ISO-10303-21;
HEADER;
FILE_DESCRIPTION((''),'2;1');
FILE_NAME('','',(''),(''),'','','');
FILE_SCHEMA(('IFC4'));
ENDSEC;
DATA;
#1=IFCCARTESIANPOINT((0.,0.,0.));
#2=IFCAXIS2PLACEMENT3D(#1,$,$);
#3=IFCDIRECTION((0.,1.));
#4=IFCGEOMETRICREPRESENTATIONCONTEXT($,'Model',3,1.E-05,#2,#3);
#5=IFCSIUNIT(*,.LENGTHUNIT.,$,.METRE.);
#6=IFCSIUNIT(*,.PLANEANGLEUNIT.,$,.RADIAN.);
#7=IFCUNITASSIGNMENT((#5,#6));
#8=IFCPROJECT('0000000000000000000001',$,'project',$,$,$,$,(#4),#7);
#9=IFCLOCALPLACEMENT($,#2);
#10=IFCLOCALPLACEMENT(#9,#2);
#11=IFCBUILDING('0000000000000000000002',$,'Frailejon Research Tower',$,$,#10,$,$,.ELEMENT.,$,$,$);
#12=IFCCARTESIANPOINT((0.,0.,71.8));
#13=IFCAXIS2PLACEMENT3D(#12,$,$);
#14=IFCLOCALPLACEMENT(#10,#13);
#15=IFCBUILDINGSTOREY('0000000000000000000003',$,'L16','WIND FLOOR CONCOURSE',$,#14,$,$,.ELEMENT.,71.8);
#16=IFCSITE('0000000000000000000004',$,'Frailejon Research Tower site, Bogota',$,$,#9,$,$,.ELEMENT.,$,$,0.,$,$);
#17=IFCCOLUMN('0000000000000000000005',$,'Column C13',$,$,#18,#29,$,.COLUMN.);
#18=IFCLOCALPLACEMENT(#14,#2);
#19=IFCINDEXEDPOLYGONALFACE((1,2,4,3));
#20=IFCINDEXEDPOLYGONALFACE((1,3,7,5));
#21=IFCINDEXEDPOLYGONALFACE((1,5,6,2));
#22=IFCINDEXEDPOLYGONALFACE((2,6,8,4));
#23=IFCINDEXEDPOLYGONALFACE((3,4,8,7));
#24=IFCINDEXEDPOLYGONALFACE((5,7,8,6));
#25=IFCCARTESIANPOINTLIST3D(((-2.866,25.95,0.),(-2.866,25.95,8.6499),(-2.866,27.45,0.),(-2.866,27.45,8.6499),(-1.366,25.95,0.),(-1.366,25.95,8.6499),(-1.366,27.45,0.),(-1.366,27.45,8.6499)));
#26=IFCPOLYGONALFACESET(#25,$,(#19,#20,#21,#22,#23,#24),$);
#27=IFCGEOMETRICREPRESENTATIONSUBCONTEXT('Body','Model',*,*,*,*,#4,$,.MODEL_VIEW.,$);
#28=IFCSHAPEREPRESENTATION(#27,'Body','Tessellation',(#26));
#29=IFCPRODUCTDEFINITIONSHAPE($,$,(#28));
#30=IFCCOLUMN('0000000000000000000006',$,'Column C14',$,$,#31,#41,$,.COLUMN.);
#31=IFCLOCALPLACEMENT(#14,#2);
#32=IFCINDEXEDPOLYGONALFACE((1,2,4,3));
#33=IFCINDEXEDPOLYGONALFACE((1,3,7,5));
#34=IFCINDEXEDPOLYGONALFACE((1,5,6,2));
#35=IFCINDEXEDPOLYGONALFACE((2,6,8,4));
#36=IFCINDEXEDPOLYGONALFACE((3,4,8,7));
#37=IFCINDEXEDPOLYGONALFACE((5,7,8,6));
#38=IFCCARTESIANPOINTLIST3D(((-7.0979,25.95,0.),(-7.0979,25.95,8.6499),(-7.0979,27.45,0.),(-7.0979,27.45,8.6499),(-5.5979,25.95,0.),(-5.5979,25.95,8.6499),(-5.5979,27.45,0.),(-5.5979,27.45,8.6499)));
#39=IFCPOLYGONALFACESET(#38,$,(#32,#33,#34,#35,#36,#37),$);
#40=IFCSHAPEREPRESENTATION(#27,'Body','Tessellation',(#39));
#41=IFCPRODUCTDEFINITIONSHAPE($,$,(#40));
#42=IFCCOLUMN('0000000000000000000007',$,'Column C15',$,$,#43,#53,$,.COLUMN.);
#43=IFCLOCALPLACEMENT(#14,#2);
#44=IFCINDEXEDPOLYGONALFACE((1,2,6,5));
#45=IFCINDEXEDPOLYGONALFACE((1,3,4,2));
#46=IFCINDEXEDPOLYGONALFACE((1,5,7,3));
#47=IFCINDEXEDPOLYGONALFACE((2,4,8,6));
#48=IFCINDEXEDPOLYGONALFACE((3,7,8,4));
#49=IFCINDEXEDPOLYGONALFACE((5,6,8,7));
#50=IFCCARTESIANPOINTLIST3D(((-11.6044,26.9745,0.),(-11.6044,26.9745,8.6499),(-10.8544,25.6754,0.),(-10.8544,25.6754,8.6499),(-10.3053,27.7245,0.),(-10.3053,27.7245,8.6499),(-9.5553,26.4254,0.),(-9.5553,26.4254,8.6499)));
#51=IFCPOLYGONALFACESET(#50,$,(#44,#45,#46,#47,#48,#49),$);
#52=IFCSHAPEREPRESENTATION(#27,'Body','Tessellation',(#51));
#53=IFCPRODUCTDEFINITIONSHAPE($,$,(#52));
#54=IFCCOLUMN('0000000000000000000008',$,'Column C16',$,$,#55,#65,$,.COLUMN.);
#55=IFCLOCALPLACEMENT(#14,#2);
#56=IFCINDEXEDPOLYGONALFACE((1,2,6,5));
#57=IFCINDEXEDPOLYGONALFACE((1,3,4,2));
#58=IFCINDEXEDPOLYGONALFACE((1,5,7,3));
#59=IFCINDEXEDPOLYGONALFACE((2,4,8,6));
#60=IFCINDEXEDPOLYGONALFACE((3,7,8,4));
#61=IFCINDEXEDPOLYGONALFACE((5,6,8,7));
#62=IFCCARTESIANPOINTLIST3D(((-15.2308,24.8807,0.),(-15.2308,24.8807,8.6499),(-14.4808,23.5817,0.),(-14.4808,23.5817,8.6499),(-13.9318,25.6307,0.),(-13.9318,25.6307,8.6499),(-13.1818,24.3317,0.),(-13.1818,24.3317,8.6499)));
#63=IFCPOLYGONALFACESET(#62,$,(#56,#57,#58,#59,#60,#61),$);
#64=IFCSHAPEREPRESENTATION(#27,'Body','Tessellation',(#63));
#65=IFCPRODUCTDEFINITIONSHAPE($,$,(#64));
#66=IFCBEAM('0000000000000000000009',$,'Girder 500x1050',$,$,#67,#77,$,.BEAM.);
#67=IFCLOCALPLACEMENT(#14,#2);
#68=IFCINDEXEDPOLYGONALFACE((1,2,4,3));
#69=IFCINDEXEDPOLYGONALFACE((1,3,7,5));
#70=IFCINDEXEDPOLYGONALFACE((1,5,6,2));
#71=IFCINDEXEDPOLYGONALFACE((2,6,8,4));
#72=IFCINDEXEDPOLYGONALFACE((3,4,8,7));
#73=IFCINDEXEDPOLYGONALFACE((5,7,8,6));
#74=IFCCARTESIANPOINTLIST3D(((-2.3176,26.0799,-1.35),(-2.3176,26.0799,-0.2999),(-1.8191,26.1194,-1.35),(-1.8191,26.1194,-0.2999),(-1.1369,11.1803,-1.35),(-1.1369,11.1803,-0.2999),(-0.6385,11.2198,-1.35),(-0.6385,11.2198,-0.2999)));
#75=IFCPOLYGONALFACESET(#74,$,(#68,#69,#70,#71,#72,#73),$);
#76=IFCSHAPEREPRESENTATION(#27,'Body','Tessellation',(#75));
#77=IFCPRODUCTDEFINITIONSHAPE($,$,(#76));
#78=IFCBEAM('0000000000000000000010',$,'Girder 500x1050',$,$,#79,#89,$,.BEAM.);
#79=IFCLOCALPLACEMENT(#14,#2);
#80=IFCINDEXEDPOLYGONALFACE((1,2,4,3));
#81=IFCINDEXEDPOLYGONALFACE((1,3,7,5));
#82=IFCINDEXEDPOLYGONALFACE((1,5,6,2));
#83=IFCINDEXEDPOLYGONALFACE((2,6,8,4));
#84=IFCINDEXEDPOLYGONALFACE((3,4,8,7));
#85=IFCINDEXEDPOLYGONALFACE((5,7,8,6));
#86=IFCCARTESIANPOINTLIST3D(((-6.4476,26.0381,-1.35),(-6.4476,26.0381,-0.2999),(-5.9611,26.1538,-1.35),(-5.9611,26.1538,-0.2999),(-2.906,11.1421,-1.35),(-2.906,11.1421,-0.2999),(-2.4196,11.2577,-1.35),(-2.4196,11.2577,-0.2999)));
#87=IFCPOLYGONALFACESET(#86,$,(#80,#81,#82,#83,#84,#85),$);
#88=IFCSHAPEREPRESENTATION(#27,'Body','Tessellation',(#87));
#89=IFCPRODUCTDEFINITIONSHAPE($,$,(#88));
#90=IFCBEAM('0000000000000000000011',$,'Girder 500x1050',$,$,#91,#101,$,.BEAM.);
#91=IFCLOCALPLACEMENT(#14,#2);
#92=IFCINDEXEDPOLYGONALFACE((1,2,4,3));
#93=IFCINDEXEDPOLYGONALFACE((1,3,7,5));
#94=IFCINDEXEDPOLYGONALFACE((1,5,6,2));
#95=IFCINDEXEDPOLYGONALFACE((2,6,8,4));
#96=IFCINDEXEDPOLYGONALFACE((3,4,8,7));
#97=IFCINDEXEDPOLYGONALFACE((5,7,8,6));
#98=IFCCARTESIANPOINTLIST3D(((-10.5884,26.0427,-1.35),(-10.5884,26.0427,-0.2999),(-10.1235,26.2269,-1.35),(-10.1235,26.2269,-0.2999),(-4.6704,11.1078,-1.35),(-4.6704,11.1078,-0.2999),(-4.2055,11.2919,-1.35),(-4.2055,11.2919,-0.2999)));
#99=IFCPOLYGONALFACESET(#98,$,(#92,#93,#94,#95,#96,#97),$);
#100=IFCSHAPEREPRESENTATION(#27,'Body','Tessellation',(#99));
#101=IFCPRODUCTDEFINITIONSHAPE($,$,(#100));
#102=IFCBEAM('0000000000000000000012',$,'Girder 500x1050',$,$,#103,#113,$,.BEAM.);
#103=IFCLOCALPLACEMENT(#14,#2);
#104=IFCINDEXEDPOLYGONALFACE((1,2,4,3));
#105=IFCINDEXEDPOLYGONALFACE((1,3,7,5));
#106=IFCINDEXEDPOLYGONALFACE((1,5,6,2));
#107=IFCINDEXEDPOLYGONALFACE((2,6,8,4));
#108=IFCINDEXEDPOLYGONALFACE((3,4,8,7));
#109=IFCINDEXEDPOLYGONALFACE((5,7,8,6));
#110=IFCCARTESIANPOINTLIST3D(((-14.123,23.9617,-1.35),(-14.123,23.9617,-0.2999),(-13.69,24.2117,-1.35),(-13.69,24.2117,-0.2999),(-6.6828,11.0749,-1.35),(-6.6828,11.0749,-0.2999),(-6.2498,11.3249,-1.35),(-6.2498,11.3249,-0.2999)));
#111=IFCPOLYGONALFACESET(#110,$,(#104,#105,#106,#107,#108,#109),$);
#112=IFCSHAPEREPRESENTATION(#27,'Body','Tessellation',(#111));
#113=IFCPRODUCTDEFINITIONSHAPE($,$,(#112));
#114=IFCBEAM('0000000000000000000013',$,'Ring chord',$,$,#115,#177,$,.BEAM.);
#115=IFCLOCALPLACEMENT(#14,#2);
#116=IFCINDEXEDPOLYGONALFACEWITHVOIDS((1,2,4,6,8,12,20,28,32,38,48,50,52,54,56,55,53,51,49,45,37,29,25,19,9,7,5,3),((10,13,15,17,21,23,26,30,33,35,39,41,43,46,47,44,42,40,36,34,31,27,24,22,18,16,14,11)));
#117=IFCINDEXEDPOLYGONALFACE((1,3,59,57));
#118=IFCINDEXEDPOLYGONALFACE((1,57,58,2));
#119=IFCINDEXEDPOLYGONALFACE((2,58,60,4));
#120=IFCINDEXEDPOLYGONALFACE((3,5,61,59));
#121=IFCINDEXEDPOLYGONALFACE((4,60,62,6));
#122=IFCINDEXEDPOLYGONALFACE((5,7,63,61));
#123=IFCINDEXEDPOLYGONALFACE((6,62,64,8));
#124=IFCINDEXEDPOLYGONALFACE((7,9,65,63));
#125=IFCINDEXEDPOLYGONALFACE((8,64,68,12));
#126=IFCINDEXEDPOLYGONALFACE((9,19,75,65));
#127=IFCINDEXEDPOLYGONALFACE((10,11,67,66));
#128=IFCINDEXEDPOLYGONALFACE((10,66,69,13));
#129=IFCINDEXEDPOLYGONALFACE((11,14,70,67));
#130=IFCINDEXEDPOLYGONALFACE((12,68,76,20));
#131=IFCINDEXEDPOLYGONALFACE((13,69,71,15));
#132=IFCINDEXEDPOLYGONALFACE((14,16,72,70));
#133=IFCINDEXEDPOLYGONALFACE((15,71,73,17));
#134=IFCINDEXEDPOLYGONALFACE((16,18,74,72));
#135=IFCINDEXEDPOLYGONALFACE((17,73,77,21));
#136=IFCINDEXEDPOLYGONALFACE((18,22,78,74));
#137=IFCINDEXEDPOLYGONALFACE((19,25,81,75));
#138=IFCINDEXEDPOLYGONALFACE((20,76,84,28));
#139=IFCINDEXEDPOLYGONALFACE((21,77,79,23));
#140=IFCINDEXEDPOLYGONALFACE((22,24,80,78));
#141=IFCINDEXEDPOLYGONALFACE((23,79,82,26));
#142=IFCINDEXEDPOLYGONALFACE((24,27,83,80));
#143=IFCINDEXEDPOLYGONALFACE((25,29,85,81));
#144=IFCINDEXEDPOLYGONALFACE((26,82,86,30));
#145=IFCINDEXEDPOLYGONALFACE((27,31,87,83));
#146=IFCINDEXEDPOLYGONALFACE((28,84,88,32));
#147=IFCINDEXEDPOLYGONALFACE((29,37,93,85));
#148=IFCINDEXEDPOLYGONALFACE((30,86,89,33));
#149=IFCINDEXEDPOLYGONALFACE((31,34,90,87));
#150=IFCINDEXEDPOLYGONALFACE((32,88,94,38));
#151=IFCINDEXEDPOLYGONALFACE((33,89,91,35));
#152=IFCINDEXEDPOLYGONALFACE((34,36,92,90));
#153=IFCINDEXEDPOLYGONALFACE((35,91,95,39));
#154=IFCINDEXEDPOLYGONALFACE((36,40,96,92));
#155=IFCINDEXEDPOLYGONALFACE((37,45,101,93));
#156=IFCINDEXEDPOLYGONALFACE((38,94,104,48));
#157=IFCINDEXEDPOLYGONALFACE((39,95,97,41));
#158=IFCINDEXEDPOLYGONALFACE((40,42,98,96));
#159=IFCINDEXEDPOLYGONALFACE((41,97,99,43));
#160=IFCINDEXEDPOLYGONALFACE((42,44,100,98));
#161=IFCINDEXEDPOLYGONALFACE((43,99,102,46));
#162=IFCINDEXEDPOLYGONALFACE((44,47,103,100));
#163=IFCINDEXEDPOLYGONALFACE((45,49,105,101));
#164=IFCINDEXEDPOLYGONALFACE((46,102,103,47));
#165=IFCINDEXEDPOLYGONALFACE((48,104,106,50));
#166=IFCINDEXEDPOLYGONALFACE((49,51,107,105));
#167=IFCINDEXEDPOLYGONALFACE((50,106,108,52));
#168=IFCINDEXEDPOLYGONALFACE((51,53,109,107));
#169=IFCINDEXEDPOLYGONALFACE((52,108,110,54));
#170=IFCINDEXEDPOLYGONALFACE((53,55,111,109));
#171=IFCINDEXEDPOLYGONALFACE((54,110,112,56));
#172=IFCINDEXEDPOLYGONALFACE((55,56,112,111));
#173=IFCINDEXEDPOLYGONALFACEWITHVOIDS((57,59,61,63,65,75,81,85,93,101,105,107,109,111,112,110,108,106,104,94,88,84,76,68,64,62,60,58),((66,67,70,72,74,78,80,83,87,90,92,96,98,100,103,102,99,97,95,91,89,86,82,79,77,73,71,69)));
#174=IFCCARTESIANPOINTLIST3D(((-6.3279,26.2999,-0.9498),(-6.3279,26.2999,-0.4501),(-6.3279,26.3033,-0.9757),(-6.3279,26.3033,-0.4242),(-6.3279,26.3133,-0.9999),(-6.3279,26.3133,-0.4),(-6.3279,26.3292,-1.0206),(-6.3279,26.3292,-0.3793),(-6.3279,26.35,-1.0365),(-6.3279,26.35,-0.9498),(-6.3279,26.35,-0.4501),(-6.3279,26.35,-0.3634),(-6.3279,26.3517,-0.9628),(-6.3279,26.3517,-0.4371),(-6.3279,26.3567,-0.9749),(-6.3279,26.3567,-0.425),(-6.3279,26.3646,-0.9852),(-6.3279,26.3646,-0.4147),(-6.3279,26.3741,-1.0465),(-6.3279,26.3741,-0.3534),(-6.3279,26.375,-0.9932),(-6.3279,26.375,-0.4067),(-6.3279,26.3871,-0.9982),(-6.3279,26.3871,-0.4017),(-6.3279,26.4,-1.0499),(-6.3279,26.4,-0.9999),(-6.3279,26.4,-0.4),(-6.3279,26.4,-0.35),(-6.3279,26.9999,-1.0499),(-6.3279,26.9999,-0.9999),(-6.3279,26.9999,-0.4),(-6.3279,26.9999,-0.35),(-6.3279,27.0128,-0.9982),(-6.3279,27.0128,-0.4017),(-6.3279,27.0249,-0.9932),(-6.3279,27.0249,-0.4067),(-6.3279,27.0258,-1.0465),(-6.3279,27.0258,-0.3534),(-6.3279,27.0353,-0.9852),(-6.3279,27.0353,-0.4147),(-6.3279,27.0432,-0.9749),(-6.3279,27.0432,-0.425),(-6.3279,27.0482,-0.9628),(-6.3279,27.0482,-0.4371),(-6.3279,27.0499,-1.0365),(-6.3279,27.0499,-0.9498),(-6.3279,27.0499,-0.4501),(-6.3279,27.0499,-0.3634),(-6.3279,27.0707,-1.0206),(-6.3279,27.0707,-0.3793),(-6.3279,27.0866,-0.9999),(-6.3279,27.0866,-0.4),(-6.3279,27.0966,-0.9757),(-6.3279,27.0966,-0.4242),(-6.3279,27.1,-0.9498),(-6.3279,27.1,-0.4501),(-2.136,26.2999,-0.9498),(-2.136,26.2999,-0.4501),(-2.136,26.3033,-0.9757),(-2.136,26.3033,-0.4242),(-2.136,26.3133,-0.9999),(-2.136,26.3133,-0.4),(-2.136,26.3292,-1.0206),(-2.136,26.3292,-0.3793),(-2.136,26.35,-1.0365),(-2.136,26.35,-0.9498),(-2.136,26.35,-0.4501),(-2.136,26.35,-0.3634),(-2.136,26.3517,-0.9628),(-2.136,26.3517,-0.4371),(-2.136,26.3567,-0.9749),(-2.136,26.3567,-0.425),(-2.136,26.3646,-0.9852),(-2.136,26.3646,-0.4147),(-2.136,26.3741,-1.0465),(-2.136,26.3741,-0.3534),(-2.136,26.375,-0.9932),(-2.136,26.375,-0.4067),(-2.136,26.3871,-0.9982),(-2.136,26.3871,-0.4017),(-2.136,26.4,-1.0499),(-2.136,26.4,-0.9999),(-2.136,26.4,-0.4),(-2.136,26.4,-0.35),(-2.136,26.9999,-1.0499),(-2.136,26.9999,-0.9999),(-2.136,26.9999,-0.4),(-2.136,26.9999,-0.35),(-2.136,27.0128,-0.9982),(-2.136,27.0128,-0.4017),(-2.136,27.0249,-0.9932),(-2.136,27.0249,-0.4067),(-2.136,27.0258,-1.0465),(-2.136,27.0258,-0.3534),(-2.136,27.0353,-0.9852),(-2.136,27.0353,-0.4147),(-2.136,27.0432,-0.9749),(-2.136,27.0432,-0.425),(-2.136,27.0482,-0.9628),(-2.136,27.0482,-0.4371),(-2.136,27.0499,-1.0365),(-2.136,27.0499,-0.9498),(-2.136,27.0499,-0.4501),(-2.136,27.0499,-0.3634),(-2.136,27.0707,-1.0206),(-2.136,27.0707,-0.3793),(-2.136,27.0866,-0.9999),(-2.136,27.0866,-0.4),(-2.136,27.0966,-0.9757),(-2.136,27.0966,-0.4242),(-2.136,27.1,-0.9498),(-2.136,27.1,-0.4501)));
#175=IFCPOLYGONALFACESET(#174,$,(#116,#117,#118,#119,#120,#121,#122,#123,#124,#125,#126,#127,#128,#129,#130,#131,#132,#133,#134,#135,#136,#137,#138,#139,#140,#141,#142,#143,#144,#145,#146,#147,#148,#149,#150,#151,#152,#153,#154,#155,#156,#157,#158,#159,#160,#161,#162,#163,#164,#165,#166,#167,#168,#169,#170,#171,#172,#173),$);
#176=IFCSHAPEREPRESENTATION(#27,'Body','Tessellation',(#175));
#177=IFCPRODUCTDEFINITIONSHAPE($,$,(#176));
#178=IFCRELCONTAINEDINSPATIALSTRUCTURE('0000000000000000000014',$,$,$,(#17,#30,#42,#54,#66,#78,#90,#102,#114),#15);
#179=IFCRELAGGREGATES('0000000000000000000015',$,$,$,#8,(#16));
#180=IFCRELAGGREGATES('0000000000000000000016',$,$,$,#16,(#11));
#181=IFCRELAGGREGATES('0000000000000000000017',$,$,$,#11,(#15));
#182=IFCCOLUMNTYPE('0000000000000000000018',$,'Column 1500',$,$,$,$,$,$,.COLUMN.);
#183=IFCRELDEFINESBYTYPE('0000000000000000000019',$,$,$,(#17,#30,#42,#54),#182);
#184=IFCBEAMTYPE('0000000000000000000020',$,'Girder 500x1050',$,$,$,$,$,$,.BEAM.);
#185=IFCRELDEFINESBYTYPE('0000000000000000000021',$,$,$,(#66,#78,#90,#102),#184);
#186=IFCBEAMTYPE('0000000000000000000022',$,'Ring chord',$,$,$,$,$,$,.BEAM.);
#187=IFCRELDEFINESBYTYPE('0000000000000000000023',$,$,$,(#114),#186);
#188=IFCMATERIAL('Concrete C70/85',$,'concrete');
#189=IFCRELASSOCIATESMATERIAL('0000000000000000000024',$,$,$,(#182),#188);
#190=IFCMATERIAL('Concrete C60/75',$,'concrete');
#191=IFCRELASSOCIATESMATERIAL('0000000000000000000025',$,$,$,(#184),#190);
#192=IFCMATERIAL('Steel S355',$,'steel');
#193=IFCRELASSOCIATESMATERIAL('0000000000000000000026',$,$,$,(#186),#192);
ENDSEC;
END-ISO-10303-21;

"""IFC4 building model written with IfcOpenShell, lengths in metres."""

from ifc_helpers import new_model, si_unit, direction, frame, origin, origin_2d, place, context, subcontext, project, spatial, rectangle, hollow_rectangle, extrude, material, material_profile, profile_set, type_object, element, save


model = new_model("IFC4")

# Units and contexts
model_context = context("Model", 3, precision=1e-05, world=origin(), true_north=direction((0.0, 1.0)))
body_context = subcontext(model_context, "Body", "Model", "MODEL_VIEW")
ifc_project = project(units=[si_unit("LENGTHUNIT", "METRE"), si_unit("PLANEANGLEUNIT", "RADIAN")], contexts=[model_context])

# Site, building, storey
site_placement = place(None, origin())
site = spatial("IfcSite", under=ifc_project, at=site_placement, Name="Frailejon Research Tower site, Bogota", CompositionType="ELEMENT", RefElevation=0.0)
building_placement = place(site_placement, origin())
building = spatial("IfcBuilding", under=site, at=building_placement, Name="Frailejon Research Tower", CompositionType="ELEMENT")
storey_placement = place(building_placement, frame((0.0, 0.0, 71.8)))
storey = spatial("IfcBuildingStorey", under=building, at=storey_placement, Name="L16", Description="WIND FLOOR CONCOURSE", CompositionType="ELEMENT", Elevation=71.8)

# Columns
ifc_material_1 = material(Name="Concrete C70/85", Category="concrete")
ifc_material_profile_1 = material_profile(ifc_material_1, rectangle(XDim=1.5, YDim=1.5, at=origin_2d()), Name="Column 1500")
ifc_profile_set_1 = profile_set([ifc_material_profile_1], Name="Concrete C70/85")
column_type = type_object("IfcColumnType", Name="Column 1500", PredefinedType="COLUMN", material=ifc_profile_set_1)
for number, where, z_axis, x_axis, name in (
    (1, (-2.116, 26.7, 0.0), (0.0, 0.0, 1.0), (-1.0, 0.0, 0.0), "Column C13"),
    (2, (-6.3479, 26.7, 0.0), (0.0, 0.0, 1.0), (-1.0, 0.0, 0.0), "Column C14"),
    (3, (-10.5798, 26.7, 0.0), (0.0, 0.0, 1.0), (-0.866025, -0.5, 0.0), "Column C15"),
    (4, (-14.2063, 24.6062, 0.0), (0.0, 0.0, 1.0), (-0.866025, -0.5, 0.0), "Column C16"),
):
    element("IfcColumn", number, at=place(storey_placement, frame(where, z_axis=z_axis, x_axis=x_axis)), inside=storey, type_object=column_type, Name=name, PredefinedType="COLUMN", context=body_context, shape_type="SweptSolid", body=[
        extrude(rectangle(XDim=1.5, YDim=1.5, at=origin_2d()), origin(), (0.0, 0.0, 1.0), 8.6499),
    ])

# Beams
ifc_material_2 = material(Name="Concrete C60/75", Category="concrete")
ifc_material_profile_2 = material_profile(ifc_material_2, rectangle(XDim=0.5, YDim=1.05, at=origin_2d()), Name="Girder 500x1050")
ifc_profile_set_2 = profile_set([ifc_material_profile_2], Name="Concrete C60/75")
beam_type_1 = type_object("IfcBeamType", Name="Girder 500x1050", PredefinedType="BEAM", material=ifc_profile_set_2)
beam_1_placement = place(storey_placement, frame((-2.0684, 26.0996, -0.825), z_axis=(0.078993, -0.996875, 0.0), x_axis=(0.996875, 0.078993, 0.0)))
element("IfcBeam", 5, at=beam_1_placement, inside=storey, type_object=beam_type_1, Name="Girder 500x1050", PredefinedType="BEAM", context=body_context, shape_type="SweptSolid", body=[
    extrude(rectangle(XDim=0.5, YDim=1.05, at=origin_2d()), origin(), (0.0, 0.0, 1.0), 14.9463),
])
beam_2_placement = place(storey_placement, frame((-6.2043, 26.0959, -0.825), z_axis=(0.231301, -0.972882, 0.0), x_axis=(0.972882, 0.231301, 0.0)))
element("IfcBeam", 6, at=beam_2_placement, inside=storey, type_object=beam_type_1, Name="Girder 500x1050", PredefinedType="BEAM", context=body_context, shape_type="SweptSolid", body=[
    extrude(rectangle(XDim=0.5, YDim=1.05, at=origin_2d()), origin(), (0.0, 0.0, 1.0), 15.3113),
])
beam_3_placement = place(storey_placement, frame((-10.356, 26.1348, -0.825), z_axis=(0.368386, -0.929673, 0.0), x_axis=(0.929673, 0.368386, 0.0)))
element("IfcBeam", 7, at=beam_3_placement, inside=storey, type_object=beam_type_1, Name="Girder 500x1050", PredefinedType="BEAM", context=body_context, shape_type="SweptSolid", body=[
    extrude(rectangle(XDim=0.5, YDim=1.05, at=origin_2d()), origin(), (0.0, 0.0, 1.0), 16.0647),
])
beam_4_placement = place(storey_placement, frame((-13.9065, 24.0867, -0.825), z_axis=(0.500002, -0.866024, 0.0), x_axis=(0.866024, 0.500002, 0.0)))
element("IfcBeam", 8, at=beam_4_placement, inside=storey, type_object=beam_type_1, Name="Girder 500x1050", PredefinedType="BEAM", context=body_context, shape_type="SweptSolid", body=[
    extrude(rectangle(XDim=0.5, YDim=1.05, at=origin_2d()), origin(), (0.0, 0.0, 1.0), 14.8804),
])
ifc_material_3 = material(Name="Steel S355", Category="steel")
ifc_material_profile_3 = material_profile(ifc_material_3, hollow_rectangle(XDim=0.8, YDim=0.7, WallThickness=0.05, InnerFilletRadius=0.05, OuterFilletRadius=0.1001, at=origin_2d()), Name="Ring chord")
ifc_profile_set_3 = profile_set([ifc_material_profile_3], Name="Steel S355")
beam_type_2 = type_object("IfcBeamType", Name="Ring chord", PredefinedType="BEAM", material=ifc_profile_set_3)
for number, where, z_axis, x_axis, name in (
    (9, (-2.136, 26.7, -0.7), (-1.0, 0.0, 0.0), (0.0, -1.0, 0.0), "Ring chord"),
):
    element("IfcBeam", number, at=place(storey_placement, frame(where, z_axis=z_axis, x_axis=x_axis)), inside=storey, type_object=beam_type_2, Name=name, PredefinedType="BEAM", context=body_context, shape_type="SweptSolid", body=[
        extrude(hollow_rectangle(XDim=0.8, YDim=0.7, WallThickness=0.05, InnerFilletRadius=0.05, OuterFilletRadius=0.1001, at=origin_2d()), origin(), (0.0, 0.0, 1.0), 4.1919),
    ])

save(model, "model.ifc")
